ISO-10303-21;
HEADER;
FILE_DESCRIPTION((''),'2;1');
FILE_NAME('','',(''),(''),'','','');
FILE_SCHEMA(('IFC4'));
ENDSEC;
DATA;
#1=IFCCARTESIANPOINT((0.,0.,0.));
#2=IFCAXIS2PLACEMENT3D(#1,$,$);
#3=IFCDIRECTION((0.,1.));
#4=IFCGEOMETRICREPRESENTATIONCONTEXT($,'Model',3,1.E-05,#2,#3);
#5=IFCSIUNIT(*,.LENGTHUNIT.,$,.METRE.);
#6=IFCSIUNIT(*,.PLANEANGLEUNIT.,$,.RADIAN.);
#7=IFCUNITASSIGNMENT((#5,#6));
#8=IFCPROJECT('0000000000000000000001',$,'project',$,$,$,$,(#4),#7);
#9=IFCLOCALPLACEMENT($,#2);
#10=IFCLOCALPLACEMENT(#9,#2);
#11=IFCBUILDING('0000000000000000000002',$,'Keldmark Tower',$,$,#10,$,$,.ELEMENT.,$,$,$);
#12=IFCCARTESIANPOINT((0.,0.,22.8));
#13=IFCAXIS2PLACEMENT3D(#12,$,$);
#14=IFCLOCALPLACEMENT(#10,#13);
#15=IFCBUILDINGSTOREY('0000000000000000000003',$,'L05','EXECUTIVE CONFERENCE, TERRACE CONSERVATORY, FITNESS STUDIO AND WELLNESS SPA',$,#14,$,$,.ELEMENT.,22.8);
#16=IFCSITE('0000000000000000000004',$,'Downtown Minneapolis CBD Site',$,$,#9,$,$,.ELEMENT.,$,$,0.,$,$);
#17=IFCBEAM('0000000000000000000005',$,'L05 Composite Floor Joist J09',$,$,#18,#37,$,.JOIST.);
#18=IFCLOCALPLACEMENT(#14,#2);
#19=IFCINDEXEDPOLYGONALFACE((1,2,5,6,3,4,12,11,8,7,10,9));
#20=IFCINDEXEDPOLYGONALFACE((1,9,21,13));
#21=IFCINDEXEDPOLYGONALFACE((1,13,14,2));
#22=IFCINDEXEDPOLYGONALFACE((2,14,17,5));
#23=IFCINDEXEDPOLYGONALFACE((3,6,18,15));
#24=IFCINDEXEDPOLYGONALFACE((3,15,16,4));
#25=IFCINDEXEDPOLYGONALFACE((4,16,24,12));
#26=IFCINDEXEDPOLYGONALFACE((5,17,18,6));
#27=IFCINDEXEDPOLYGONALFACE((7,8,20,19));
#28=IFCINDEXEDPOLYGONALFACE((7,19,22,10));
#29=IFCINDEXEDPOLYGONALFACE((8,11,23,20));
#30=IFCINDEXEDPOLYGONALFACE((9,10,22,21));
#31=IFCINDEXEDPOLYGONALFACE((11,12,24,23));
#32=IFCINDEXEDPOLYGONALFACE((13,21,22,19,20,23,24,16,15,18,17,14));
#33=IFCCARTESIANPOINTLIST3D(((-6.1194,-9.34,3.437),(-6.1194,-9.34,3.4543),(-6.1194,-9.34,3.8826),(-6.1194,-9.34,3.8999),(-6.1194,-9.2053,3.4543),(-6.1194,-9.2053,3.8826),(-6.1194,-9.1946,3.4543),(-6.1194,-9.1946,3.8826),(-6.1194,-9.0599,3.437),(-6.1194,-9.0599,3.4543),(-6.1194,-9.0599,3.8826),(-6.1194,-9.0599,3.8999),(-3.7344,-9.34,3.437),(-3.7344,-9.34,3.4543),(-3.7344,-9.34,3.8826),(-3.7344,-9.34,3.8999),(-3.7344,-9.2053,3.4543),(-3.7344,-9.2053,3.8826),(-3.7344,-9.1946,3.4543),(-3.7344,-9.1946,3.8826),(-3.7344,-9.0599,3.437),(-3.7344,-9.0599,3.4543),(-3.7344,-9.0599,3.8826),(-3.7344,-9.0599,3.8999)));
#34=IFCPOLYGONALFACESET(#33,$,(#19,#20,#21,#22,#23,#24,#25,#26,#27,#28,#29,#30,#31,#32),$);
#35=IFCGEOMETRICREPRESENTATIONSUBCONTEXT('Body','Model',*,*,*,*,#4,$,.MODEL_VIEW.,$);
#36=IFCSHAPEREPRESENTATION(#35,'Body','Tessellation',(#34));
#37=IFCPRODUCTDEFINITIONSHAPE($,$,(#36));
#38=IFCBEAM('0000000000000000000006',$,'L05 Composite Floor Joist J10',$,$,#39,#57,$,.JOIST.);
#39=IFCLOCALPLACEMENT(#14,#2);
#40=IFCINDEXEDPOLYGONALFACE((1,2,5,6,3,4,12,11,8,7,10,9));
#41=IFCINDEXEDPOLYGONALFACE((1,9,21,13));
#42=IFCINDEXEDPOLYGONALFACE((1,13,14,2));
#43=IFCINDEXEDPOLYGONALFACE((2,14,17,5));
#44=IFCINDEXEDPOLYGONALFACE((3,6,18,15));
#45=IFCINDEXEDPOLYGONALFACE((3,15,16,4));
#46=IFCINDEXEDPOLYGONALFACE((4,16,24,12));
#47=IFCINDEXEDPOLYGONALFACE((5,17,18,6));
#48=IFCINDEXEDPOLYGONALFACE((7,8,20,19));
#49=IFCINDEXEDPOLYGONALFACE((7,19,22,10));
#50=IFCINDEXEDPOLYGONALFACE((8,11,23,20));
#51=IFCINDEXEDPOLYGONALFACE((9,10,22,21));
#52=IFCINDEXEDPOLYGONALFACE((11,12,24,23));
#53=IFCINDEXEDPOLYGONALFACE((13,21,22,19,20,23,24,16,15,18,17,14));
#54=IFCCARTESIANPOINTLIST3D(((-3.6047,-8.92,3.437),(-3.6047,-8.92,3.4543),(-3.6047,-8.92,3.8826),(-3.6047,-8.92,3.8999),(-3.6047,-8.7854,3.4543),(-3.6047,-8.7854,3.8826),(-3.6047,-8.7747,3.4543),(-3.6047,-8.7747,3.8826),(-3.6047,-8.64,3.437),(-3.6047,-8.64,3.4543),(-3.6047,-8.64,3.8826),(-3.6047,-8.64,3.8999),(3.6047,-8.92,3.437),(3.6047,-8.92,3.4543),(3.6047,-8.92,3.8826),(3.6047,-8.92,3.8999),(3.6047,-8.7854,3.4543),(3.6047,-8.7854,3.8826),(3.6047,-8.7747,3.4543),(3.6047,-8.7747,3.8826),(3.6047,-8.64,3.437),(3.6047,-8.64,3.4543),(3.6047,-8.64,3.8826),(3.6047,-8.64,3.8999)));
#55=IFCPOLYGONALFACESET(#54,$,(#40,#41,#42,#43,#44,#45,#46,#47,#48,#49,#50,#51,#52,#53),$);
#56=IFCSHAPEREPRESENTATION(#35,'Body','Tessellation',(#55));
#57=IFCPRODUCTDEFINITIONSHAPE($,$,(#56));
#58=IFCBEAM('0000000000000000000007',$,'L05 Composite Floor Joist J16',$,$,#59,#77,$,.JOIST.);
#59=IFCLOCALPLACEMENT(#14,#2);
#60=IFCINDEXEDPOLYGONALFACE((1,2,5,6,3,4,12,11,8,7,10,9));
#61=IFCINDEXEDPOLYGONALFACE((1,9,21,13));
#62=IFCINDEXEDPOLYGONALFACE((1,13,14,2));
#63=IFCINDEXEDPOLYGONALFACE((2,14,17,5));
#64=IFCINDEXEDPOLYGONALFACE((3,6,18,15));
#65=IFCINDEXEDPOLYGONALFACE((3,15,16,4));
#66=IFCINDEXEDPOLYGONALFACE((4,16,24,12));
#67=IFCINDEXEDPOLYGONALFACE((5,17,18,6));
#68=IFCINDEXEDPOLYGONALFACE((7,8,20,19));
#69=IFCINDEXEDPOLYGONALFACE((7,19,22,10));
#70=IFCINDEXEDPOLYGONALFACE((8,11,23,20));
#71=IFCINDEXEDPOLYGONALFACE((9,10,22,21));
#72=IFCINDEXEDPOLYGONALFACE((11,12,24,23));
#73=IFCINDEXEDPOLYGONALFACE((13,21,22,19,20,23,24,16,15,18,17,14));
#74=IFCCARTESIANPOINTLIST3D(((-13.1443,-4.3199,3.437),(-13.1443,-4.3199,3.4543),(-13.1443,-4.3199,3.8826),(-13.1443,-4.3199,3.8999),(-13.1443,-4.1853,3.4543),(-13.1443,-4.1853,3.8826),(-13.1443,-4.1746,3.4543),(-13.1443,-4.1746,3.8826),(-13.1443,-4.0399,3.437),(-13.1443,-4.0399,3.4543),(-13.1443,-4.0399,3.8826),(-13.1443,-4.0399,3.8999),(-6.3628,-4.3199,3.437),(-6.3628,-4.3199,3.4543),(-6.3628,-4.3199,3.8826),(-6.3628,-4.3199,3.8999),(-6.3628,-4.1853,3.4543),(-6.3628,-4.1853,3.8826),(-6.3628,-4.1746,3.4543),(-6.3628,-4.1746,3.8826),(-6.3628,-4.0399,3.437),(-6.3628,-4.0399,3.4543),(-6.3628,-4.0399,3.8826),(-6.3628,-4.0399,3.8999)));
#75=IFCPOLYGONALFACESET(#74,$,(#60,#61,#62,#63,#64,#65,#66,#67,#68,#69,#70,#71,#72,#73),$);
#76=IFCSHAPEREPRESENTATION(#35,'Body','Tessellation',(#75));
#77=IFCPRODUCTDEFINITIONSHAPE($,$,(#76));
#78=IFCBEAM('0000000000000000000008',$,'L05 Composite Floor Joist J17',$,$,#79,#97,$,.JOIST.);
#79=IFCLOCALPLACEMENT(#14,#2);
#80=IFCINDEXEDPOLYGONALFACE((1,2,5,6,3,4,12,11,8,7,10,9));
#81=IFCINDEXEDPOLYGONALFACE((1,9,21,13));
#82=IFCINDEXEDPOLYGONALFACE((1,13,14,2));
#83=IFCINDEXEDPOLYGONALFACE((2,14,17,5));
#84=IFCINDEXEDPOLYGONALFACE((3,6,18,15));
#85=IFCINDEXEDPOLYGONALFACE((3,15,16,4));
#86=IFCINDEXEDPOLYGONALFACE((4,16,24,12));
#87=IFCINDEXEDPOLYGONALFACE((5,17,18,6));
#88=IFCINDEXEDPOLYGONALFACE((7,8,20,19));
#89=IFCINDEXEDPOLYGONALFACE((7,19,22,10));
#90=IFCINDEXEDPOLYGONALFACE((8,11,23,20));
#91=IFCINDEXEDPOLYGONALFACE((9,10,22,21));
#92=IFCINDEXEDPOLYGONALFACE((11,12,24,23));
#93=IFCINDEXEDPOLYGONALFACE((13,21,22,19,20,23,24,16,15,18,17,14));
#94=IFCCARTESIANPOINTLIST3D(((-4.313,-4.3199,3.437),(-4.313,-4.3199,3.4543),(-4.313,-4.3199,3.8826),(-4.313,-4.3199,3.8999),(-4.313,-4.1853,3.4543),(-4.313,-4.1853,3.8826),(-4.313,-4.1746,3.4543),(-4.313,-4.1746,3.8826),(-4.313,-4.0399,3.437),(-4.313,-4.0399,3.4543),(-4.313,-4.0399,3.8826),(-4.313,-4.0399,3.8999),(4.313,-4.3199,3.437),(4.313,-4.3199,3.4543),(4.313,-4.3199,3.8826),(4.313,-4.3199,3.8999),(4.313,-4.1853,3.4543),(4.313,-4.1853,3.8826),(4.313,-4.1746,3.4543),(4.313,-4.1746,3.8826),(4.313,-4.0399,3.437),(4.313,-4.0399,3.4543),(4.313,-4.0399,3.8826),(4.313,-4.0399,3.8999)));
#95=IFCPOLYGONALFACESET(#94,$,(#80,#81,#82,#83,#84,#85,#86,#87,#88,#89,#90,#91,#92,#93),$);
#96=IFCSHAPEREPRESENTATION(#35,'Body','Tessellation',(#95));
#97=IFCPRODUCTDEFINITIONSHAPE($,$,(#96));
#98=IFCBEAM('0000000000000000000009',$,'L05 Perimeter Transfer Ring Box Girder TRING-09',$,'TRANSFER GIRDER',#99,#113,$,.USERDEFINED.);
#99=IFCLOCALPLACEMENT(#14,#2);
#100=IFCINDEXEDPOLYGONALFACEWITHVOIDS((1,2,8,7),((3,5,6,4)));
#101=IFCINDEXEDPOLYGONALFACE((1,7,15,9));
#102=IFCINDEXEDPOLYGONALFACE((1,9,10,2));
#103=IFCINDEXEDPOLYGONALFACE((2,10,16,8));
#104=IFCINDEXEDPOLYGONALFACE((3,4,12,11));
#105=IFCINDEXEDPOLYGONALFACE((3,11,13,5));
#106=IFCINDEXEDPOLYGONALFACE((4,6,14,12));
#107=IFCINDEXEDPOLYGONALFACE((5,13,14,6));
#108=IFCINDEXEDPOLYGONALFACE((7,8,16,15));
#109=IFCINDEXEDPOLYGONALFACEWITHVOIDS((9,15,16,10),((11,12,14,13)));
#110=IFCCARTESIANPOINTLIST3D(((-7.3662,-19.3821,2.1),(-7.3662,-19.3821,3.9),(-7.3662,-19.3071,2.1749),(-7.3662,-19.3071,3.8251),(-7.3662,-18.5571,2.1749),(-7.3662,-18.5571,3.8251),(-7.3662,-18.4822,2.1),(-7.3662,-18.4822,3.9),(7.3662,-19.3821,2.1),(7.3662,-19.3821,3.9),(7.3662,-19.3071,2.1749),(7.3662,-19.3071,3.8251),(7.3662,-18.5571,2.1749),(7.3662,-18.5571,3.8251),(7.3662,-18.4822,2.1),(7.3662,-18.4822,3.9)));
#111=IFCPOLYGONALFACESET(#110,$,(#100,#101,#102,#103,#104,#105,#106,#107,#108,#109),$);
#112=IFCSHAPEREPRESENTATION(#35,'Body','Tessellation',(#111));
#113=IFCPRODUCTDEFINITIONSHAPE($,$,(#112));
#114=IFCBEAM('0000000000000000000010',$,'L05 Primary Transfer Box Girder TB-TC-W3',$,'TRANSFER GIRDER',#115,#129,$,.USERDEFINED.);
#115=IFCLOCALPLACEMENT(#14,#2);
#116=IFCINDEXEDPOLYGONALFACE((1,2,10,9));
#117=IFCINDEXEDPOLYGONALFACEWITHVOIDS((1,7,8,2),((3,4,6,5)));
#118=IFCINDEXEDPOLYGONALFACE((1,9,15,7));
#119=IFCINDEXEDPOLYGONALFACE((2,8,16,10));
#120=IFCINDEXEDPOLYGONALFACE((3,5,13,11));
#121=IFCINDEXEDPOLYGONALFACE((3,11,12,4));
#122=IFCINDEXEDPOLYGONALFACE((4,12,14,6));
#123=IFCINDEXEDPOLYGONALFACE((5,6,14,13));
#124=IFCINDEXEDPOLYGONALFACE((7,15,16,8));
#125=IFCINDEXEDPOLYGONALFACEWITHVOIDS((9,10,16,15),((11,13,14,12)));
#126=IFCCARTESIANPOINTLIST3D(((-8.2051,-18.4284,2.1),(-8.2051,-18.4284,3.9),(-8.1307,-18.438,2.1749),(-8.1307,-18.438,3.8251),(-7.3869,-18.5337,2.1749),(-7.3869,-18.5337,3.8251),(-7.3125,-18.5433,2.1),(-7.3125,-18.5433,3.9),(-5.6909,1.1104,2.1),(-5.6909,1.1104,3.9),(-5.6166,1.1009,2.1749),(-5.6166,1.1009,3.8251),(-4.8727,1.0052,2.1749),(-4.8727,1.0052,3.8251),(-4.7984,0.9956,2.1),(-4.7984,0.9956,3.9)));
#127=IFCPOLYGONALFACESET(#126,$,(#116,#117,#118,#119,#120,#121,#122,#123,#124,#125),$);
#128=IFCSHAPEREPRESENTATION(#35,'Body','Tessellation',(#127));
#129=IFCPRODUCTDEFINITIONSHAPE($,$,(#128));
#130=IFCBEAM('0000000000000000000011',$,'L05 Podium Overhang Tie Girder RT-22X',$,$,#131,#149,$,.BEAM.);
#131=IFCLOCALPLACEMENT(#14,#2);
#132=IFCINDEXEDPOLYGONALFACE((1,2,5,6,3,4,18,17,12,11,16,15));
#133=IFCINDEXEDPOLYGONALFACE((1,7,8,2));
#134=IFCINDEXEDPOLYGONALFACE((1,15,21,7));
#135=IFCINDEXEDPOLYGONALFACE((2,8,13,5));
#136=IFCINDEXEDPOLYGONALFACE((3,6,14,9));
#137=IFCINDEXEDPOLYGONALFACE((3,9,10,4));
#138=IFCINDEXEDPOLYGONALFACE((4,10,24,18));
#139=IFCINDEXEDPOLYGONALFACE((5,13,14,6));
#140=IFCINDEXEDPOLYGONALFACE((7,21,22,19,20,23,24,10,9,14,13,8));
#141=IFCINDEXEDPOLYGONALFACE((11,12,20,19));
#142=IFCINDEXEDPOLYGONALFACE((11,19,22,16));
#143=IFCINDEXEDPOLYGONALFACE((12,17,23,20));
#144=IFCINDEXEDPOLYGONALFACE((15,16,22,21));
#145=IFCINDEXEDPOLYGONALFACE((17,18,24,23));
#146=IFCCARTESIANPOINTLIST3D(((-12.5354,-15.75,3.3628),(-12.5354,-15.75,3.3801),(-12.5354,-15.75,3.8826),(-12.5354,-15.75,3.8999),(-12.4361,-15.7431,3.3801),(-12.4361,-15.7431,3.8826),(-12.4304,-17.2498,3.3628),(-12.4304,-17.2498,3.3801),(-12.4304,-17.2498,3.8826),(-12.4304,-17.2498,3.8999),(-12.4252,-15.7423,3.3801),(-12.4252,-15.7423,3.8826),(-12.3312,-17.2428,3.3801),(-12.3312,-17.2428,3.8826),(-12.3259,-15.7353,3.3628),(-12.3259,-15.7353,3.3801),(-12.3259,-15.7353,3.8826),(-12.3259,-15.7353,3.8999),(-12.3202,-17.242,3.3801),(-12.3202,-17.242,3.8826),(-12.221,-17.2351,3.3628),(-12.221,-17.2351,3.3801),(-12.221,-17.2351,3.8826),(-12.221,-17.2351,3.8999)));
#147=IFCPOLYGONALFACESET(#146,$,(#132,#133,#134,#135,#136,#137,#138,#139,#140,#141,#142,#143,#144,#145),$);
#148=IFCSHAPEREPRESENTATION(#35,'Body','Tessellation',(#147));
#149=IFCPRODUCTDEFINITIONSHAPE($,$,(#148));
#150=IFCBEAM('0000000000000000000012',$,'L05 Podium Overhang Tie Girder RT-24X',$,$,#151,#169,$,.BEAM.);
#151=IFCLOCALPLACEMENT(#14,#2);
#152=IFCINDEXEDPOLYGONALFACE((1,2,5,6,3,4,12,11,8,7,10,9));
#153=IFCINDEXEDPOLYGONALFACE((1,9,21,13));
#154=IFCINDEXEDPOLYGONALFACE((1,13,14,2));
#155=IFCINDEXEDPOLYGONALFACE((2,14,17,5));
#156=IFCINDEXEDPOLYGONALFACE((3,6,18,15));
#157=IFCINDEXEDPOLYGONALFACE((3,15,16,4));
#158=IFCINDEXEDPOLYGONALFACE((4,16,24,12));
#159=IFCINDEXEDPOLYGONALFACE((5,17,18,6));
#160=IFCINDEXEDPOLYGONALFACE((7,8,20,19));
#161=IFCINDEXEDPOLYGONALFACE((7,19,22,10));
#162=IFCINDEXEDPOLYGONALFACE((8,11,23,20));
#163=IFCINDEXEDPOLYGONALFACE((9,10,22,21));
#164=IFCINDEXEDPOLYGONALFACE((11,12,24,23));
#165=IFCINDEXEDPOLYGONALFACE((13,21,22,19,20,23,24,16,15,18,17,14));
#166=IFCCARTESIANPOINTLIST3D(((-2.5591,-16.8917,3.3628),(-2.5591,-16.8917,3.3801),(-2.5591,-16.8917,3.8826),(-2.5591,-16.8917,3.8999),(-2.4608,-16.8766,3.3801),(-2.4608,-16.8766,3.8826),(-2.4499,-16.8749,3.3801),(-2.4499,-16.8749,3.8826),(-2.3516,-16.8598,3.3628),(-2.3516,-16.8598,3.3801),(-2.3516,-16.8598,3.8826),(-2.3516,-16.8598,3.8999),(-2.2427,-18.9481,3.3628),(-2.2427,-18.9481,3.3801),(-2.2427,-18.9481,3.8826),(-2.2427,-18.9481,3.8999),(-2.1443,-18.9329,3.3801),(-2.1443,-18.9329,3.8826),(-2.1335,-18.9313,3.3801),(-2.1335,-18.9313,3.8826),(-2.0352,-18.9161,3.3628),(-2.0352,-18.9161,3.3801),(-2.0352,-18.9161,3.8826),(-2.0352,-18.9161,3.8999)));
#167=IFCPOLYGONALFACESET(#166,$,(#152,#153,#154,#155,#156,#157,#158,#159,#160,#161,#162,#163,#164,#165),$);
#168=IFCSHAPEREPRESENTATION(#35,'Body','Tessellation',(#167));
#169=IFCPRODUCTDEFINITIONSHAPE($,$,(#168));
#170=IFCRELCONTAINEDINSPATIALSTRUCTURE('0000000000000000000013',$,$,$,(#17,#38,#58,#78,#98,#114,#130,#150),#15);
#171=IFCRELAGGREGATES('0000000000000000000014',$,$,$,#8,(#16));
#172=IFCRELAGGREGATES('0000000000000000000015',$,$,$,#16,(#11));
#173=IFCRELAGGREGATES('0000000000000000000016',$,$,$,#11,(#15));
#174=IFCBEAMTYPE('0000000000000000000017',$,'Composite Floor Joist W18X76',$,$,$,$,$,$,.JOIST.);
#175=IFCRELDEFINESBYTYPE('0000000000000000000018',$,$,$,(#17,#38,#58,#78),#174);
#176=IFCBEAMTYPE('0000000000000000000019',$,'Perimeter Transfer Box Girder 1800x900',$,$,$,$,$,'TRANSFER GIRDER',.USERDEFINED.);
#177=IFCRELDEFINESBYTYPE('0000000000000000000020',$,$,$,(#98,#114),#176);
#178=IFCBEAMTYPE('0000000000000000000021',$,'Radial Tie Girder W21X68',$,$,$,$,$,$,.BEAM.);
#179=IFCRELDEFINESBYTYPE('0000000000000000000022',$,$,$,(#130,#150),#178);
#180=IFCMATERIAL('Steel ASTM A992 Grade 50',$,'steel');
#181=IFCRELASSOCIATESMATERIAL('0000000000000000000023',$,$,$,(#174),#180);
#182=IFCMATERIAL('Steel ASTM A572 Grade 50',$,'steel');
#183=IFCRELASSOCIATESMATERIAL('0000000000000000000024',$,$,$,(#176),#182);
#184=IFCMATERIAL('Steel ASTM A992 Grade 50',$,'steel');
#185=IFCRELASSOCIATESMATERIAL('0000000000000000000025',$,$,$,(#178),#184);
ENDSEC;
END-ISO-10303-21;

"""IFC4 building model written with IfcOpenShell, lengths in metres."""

from ifc_helpers import new_model, si_unit, direction, frame, origin, origin_2d, place, context, subcontext, project, spatial, hollow_rectangle, i_section, extrude, material, material_profile, profile_set, type_object, element, save


model = new_model("IFC4")

# Units and contexts
model_context = context("Model", 3, precision=1e-05, world=origin(), true_north=direction((0.0, 1.0)))
body_context = subcontext(model_context, "Body", "Model", "MODEL_VIEW")
ifc_project = project(units=[si_unit("LENGTHUNIT", "METRE"), si_unit("PLANEANGLEUNIT", "RADIAN")], contexts=[model_context])

# Site, building, storey
site_placement = place(None, origin())
site = spatial("IfcSite", under=ifc_project, at=site_placement, Name="Downtown Minneapolis CBD Site", CompositionType="ELEMENT", RefElevation=0.0)
building_placement = place(site_placement, origin())
building = spatial("IfcBuilding", under=site, at=building_placement, Name="Keldmark Tower", CompositionType="ELEMENT")
storey_placement = place(building_placement, frame((0.0, 0.0, 22.8)))
storey = spatial("IfcBuildingStorey", under=building, at=storey_placement, Name="L05", Description="EXECUTIVE CONFERENCE, TERRACE CONSERVATORY, FITNESS STUDIO AND WELLNESS SPA", CompositionType="ELEMENT", Elevation=22.8)

# Beams
ifc_material_1 = material(Name="Steel ASTM A992 Grade 50", Category="steel")
ifc_material_profile_1 = material_profile(ifc_material_1, i_section(OverallWidth=0.28, OverallDepth=0.4629, WebThickness=0.0107, FlangeThickness=0.0173, at=origin_2d()), Name="W18X76")
ifc_profile_set_1 = profile_set([ifc_material_profile_1], Name="Steel ASTM A992 Grade 50")
beam_type_1 = type_object("IfcBeamType", Name="Composite Floor Joist W18X76", PredefinedType="JOIST", material=ifc_profile_set_1)
beam_1_placement = place(storey_placement, frame((-6.1194, -9.2, 3.6685), z_axis=(1.0, 0.0, 0.0), x_axis=(0.0, 1.0, 0.0)))
element("IfcBeam", 1, at=beam_1_placement, inside=storey, type_object=beam_type_1, Name="L05 Composite Floor Joist J09", PredefinedType="JOIST", context=body_context, shape_type="SweptSolid", body=[
    extrude(i_section(OverallWidth=0.28, OverallDepth=0.4629, WebThickness=0.0107, FlangeThickness=0.0173, at=origin_2d()), origin(), (0.0, 0.0, 1.0), 2.385),
])
beam_2_placement = place(storey_placement, frame((-3.6047, -8.78, 3.6685), z_axis=(1.0, 0.0, 0.0), x_axis=(0.0, 1.0, 0.0)))
element("IfcBeam", 2, at=beam_2_placement, inside=storey, type_object=beam_type_1, Name="L05 Composite Floor Joist J10", PredefinedType="JOIST", context=body_context, shape_type="SweptSolid", body=[
    extrude(i_section(OverallWidth=0.28, OverallDepth=0.4629, WebThickness=0.0107, FlangeThickness=0.0173, at=origin_2d()), origin(), (0.0, 0.0, 1.0), 7.2095),
])
beam_3_placement = place(storey_placement, frame((-13.1443, -4.1799, 3.6685), z_axis=(1.0, 0.0, 0.0), x_axis=(0.0, 1.0, 0.0)))
element("IfcBeam", 3, at=beam_3_placement, inside=storey, type_object=beam_type_1, Name="L05 Composite Floor Joist J16", PredefinedType="JOIST", context=body_context, shape_type="SweptSolid", body=[
    extrude(i_section(OverallWidth=0.28, OverallDepth=0.4629, WebThickness=0.0107, FlangeThickness=0.0173, at=origin_2d()), origin(), (0.0, 0.0, 1.0), 6.7815),
])
beam_4_placement = place(storey_placement, frame((-4.313, -4.1799, 3.6685), z_axis=(1.0, 0.0, 0.0), x_axis=(0.0, 1.0, 0.0)))
element("IfcBeam", 4, at=beam_4_placement, inside=storey, type_object=beam_type_1, Name="L05 Composite Floor Joist J17", PredefinedType="JOIST", context=body_context, shape_type="SweptSolid", body=[
    extrude(i_section(OverallWidth=0.28, OverallDepth=0.4629, WebThickness=0.0107, FlangeThickness=0.0173, at=origin_2d()), origin(), (0.0, 0.0, 1.0), 8.626),
])
ifc_material_2 = material(Name="Steel ASTM A572 Grade 50", Category="steel")
ifc_material_profile_2 = material_profile(ifc_material_2, hollow_rectangle(XDim=0.8999, YDim=1.8, WallThickness=0.075, at=origin_2d()), Name="TBOX1800X900X75")
ifc_profile_set_2 = profile_set([ifc_material_profile_2], Name="Steel ASTM A572 Grade 50")
beam_type_2 = type_object("IfcBeamType", Name="Perimeter Transfer Box Girder 1800x900", ElementType="TRANSFER GIRDER", PredefinedType="USERDEFINED", material=ifc_profile_set_2)
beam_5_placement = place(storey_placement, frame((-7.3662, -18.9321, 3.0), z_axis=(1.0, 0.0, 0.0), x_axis=(0.0, 1.0, 0.0)))
element("IfcBeam", 5, at=beam_5_placement, inside=storey, type_object=beam_type_2, Name="L05 Perimeter Transfer Ring Box Girder TRING-09", ObjectType="TRANSFER GIRDER", PredefinedType="USERDEFINED", context=body_context, shape_type="SweptSolid", body=[
    extrude(hollow_rectangle(XDim=0.8999, YDim=1.8, WallThickness=0.075, at=origin_2d()), origin(), (0.0, 0.0, 1.0), 14.7324),
])
beam_6_placement = place(storey_placement, frame((-7.7588, -18.4858, 3.0), z_axis=(0.127623, 0.991823, 0.0), x_axis=(-0.991823, 0.127623, 0.0)))
element("IfcBeam", 6, at=beam_6_placement, inside=storey, type_object=beam_type_2, Name="L05 Primary Transfer Box Girder TB-TC-W3", ObjectType="TRANSFER GIRDER", PredefinedType="USERDEFINED", context=body_context, shape_type="SweptSolid", body=[
    extrude(hollow_rectangle(XDim=0.8999, YDim=1.8, WallThickness=0.075, at=origin_2d()), origin(), (0.0, 0.0, 1.0), 19.7),
])
ifc_material_3 = material(Name="Steel ASTM A992 Grade 50", Category="steel")
ifc_material_profile_3 = material_profile(ifc_material_3, i_section(OverallWidth=0.21, OverallDepth=0.5371, WebThickness=0.011, FlangeThickness=0.0173, at=origin_2d()), Name="W21X68")
ifc_profile_set_3 = profile_set([ifc_material_profile_3], Name="Steel ASTM A992 Grade 50")
beam_type_3 = type_object("IfcBeamType", Name="Radial Tie Girder W21X68", PredefinedType="BEAM", material=ifc_profile_set_3)
beam_7_placement = place(storey_placement, frame((-12.4307, -15.7427, 3.6313), z_axis=(0.069828, -0.997559, 0.0), x_axis=(0.997559, 0.069828, 0.0)))
element("IfcBeam", 7, at=beam_7_placement, inside=storey, type_object=beam_type_3, Name="L05 Podium Overhang Tie Girder RT-22X", PredefinedType="BEAM", context=body_context, shape_type="SweptSolid", body=[
    extrude(i_section(OverallWidth=0.21, OverallDepth=0.5371, WebThickness=0.011, FlangeThickness=0.0173, at=origin_2d()), origin(), (0.0, 0.0, 1.0), 1.5034),
])
beam_8_placement = place(storey_placement, frame((-2.4553, -16.8757, 3.6313), z_axis=(0.152075, -0.988369, 0.0), x_axis=(0.988369, 0.152075, 0.0)))
element("IfcBeam", 8, at=beam_8_placement, inside=storey, type_object=beam_type_3, Name="L05 Podium Overhang Tie Girder RT-24X", PredefinedType="BEAM", context=body_context, shape_type="SweptSolid", body=[
    extrude(i_section(OverallWidth=0.21, OverallDepth=0.5371, WebThickness=0.011, FlangeThickness=0.0173, at=origin_2d()), origin(), (0.0, 0.0, 1.0), 2.0806),
])

save(model, "model.ifc")
